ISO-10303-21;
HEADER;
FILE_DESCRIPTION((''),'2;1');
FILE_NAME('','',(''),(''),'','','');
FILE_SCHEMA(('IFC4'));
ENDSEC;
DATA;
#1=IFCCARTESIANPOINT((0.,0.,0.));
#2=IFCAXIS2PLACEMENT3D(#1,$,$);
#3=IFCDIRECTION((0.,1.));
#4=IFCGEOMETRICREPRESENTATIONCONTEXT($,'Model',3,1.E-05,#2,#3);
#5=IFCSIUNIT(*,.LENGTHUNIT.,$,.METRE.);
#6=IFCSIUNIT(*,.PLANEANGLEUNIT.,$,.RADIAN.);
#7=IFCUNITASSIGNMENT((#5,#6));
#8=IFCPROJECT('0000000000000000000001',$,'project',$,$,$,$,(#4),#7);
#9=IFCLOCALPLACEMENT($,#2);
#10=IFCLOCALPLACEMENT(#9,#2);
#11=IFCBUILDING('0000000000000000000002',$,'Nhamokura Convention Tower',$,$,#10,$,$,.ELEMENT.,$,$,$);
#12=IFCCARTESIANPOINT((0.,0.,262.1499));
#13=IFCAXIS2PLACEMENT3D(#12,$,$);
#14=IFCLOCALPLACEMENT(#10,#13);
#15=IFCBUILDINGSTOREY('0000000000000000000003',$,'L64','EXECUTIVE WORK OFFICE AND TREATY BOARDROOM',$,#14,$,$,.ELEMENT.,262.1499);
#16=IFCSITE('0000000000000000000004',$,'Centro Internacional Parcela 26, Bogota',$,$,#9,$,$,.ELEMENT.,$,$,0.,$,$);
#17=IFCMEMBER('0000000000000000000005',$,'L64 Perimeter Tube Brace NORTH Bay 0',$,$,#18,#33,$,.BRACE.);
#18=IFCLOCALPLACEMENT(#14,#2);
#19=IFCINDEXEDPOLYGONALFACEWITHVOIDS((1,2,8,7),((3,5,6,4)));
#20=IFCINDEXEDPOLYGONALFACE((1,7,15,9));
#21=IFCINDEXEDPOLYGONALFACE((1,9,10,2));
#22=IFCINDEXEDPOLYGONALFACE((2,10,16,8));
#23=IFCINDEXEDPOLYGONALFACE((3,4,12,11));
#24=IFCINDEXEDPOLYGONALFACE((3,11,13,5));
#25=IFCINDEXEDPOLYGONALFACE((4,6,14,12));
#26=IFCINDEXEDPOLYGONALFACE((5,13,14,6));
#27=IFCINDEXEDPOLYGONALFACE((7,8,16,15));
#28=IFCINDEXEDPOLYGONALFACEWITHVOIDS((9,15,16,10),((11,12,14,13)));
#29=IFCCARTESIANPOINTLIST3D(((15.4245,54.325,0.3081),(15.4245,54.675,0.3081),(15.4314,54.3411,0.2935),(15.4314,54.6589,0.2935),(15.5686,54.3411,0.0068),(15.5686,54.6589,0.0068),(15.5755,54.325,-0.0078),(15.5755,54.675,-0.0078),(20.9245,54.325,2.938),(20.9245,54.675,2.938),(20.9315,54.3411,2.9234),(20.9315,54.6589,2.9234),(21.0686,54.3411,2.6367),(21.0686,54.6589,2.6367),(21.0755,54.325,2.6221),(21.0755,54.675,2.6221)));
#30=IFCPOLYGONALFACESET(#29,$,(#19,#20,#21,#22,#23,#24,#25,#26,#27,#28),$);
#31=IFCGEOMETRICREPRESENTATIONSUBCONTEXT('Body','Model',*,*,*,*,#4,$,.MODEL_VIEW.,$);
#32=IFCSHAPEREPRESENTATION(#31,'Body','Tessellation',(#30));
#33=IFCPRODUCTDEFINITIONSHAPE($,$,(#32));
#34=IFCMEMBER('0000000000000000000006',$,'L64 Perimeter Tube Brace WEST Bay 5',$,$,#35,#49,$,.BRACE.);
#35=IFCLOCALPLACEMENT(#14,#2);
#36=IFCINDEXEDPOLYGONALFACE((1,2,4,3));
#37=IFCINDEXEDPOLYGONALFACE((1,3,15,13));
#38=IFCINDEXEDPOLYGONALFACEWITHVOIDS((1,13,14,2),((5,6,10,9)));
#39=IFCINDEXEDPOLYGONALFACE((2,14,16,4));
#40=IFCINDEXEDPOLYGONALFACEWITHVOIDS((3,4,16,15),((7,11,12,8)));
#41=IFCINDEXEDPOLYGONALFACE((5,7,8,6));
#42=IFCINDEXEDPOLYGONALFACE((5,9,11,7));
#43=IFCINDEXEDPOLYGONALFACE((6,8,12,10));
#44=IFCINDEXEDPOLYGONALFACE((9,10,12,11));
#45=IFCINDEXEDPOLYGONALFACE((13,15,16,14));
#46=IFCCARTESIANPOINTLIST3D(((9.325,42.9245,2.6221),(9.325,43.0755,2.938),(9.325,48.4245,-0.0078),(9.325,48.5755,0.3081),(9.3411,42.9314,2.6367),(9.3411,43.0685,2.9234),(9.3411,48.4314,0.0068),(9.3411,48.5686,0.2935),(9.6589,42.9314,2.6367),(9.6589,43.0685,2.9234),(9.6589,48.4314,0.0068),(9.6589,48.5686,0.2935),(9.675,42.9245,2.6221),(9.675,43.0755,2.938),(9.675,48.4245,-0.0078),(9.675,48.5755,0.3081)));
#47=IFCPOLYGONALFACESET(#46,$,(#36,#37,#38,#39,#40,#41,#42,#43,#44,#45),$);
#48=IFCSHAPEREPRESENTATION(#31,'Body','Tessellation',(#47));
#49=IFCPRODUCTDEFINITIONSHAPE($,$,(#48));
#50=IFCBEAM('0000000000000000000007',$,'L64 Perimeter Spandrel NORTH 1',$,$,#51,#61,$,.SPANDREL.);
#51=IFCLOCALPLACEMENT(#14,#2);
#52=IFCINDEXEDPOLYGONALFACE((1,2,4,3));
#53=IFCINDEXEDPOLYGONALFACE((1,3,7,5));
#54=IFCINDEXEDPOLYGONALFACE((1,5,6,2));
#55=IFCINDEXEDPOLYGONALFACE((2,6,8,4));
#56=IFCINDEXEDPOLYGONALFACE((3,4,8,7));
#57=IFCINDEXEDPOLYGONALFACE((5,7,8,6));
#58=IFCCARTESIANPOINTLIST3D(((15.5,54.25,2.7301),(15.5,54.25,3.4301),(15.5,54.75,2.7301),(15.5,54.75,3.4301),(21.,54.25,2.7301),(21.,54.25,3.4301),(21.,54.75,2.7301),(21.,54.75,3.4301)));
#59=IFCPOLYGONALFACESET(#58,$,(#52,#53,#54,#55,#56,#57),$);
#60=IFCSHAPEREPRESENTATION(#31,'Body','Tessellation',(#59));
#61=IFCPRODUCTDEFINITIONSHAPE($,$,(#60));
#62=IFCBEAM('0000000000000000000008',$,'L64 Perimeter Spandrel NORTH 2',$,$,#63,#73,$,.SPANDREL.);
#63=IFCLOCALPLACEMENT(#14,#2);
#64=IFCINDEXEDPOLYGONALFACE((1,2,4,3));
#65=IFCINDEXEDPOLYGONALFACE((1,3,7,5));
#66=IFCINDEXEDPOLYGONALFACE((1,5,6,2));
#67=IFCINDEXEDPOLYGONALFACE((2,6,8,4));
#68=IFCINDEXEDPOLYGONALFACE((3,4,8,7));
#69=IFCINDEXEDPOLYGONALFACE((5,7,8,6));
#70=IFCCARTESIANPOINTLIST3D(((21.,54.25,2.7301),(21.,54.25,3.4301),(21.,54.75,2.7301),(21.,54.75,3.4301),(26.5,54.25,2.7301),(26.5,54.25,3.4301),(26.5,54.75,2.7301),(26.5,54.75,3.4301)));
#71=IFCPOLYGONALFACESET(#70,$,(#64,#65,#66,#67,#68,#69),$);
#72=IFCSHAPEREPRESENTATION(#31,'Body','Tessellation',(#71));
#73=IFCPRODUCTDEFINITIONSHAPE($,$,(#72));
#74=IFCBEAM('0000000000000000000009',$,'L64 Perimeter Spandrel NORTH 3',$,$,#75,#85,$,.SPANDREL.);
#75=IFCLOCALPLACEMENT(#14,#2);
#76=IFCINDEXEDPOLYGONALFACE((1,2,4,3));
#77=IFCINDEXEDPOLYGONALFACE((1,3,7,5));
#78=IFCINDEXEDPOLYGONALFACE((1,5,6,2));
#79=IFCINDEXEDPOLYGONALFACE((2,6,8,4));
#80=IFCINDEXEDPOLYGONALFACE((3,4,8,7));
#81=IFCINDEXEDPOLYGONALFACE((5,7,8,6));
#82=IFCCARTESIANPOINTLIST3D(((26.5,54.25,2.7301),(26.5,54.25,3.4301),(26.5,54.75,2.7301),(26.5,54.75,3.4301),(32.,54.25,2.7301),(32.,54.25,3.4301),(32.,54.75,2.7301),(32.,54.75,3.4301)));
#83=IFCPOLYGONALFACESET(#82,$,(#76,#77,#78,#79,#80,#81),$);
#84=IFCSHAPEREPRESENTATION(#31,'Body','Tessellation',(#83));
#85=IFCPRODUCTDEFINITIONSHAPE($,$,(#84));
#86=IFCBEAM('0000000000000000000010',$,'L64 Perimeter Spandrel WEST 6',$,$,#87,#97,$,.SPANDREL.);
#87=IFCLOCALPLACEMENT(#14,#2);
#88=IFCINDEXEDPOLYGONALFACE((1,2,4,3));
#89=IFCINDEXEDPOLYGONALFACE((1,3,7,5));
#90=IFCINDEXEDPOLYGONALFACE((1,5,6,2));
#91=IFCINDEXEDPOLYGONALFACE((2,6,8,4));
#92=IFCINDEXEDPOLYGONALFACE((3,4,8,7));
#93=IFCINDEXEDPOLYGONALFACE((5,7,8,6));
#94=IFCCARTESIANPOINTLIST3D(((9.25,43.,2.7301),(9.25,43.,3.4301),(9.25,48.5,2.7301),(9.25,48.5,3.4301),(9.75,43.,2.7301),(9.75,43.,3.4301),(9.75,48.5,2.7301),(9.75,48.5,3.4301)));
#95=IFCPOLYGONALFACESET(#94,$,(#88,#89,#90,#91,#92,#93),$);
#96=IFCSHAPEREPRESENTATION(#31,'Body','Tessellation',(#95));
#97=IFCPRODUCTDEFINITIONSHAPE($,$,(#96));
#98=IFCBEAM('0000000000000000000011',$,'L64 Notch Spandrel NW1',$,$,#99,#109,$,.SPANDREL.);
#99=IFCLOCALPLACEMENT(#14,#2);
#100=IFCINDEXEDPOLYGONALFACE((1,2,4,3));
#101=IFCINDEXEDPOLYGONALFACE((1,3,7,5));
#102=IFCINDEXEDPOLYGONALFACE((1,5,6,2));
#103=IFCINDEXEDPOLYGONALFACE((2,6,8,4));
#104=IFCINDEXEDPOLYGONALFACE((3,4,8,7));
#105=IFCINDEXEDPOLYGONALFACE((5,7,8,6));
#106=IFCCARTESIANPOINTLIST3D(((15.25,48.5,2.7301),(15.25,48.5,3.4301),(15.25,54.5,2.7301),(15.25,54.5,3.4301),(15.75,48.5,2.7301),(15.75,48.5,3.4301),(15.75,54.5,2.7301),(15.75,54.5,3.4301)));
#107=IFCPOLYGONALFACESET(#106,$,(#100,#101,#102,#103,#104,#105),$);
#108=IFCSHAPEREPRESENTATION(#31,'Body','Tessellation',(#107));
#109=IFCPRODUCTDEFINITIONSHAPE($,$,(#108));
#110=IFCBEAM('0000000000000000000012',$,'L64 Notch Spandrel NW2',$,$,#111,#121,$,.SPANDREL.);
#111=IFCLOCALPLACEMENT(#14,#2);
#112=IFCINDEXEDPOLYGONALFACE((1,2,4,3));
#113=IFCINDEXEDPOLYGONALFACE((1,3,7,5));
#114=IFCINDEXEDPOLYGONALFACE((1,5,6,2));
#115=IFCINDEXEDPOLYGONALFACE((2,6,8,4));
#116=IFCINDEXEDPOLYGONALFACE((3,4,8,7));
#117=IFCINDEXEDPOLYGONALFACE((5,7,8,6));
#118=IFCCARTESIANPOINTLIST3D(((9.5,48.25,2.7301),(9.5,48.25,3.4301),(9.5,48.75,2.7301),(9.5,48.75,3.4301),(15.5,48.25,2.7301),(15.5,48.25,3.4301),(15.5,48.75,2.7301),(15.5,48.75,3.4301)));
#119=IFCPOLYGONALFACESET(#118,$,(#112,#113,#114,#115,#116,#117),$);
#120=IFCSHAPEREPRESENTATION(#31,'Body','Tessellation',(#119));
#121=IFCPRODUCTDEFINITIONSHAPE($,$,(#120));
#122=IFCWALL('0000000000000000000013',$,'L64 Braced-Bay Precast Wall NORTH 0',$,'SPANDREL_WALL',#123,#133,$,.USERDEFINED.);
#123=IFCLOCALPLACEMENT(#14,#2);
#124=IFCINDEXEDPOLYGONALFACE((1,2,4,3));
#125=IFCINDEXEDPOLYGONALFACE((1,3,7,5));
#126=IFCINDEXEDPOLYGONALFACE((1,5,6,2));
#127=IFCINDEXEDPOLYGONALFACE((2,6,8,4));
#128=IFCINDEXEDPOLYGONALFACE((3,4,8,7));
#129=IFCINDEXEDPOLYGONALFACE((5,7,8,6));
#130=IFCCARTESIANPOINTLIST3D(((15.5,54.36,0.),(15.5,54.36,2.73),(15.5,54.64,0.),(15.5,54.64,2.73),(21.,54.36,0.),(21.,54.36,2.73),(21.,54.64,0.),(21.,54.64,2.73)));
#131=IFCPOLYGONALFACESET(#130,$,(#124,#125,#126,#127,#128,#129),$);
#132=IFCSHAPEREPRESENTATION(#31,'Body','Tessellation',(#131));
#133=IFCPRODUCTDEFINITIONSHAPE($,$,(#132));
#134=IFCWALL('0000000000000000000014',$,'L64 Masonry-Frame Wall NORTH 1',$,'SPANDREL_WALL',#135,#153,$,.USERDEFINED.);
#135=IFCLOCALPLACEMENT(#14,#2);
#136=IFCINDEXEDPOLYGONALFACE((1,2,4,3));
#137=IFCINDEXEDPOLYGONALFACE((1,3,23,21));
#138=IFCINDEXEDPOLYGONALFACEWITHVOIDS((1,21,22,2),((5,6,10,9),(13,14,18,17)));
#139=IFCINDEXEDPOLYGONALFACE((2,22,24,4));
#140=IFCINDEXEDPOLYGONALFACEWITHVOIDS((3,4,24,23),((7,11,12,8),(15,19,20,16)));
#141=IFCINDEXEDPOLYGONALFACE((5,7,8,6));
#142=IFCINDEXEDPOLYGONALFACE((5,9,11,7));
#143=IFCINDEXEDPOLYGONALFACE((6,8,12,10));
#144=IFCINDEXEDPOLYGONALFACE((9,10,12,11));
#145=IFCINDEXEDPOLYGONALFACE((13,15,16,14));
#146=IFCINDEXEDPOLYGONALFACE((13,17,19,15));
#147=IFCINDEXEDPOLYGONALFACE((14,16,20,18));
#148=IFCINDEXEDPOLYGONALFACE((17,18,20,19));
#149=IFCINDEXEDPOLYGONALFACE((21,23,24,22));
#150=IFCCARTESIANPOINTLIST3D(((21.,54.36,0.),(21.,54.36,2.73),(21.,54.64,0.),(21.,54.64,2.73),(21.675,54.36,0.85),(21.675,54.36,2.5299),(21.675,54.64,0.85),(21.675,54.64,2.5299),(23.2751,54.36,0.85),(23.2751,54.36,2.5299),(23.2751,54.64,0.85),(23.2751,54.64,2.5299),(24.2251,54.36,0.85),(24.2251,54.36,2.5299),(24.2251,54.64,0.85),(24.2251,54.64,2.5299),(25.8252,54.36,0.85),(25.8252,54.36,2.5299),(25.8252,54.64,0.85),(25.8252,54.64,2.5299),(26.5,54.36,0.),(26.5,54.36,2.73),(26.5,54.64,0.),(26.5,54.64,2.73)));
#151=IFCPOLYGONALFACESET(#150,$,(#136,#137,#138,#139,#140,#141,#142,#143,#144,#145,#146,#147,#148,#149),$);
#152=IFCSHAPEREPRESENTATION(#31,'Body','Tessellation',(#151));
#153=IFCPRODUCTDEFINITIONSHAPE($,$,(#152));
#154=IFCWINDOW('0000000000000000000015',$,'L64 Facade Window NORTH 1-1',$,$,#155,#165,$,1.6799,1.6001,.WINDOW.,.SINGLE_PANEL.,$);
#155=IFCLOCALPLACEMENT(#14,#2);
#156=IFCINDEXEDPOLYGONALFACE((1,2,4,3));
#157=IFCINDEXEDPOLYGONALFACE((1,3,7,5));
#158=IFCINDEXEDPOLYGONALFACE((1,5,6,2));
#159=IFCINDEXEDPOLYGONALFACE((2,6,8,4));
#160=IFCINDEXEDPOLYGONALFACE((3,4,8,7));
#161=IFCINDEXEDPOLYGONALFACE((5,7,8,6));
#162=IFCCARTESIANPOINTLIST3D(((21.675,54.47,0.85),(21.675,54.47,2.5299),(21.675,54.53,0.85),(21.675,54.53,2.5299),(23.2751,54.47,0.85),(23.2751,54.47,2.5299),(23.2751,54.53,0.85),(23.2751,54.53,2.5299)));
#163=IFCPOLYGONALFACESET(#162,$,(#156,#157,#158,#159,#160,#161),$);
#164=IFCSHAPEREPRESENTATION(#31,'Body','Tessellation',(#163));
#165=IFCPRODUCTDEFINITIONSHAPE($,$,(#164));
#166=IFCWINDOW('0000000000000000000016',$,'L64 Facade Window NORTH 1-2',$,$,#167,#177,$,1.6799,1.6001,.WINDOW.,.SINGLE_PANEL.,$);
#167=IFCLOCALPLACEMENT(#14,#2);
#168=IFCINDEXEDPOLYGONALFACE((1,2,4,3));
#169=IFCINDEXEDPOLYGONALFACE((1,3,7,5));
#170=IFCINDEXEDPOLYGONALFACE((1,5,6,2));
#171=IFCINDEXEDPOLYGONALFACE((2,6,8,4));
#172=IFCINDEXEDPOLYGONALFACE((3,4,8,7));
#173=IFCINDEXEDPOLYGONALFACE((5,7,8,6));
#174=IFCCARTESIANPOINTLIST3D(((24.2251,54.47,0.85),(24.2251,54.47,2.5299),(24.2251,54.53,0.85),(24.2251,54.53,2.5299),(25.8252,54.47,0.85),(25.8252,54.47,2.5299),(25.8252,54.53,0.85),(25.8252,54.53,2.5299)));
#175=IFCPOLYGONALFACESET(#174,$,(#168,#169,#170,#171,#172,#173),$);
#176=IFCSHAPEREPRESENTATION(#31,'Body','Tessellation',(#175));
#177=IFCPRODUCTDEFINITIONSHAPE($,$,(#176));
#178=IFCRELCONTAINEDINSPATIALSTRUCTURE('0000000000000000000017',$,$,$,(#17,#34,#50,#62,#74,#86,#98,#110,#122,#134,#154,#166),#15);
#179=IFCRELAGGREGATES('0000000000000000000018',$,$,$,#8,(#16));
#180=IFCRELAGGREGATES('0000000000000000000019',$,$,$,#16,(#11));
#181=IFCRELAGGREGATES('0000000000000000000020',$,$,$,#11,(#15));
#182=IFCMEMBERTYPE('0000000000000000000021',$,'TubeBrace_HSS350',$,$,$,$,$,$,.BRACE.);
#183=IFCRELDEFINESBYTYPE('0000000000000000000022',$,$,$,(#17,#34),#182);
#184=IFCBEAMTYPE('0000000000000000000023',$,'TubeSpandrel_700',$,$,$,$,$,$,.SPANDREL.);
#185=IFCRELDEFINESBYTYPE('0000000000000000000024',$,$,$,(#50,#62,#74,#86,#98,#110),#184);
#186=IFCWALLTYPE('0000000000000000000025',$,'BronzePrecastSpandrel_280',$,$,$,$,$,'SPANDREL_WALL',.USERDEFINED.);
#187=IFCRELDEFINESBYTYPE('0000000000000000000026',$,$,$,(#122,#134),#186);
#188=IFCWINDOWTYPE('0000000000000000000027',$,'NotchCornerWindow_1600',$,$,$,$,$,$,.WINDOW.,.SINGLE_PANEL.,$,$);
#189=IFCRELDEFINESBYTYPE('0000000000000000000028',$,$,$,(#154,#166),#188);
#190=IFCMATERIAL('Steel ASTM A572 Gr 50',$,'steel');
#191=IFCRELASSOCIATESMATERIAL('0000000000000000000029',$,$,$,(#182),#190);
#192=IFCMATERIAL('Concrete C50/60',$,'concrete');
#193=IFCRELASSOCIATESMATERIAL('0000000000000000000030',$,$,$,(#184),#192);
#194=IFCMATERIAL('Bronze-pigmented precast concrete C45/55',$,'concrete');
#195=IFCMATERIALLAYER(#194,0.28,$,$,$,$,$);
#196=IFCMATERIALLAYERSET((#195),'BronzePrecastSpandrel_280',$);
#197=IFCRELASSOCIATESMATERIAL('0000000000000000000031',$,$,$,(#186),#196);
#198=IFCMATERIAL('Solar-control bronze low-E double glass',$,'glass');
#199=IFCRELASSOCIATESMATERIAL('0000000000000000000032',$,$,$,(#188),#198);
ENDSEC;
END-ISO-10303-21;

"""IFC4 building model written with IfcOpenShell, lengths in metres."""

from ifc_helpers import new_model, si_unit, direction, frame, frame_2d, origin, origin_2d, place, context, subcontext, project, spatial, rectangle, hollow_rectangle, extrude, material, layer, layer_set, material_profile, profile_set, type_object, element, fill, save


model = new_model("IFC4")

# Units and contexts
model_context = context("Model", 3, precision=1e-05, world=origin(), true_north=direction((0.0, 1.0)))
body_context = subcontext(model_context, "Body", "Model", "MODEL_VIEW")
ifc_project = project(units=[si_unit("LENGTHUNIT", "METRE"), si_unit("PLANEANGLEUNIT", "RADIAN")], contexts=[model_context])

# Site, building, storey
site_placement = place(None, origin())
site = spatial("IfcSite", under=ifc_project, at=site_placement, Name="Centro Internacional Parcela 26, Bogota", CompositionType="ELEMENT", RefElevation=0.0)
building_placement = place(site_placement, origin())
building = spatial("IfcBuilding", under=site, at=building_placement, Name="Nhamokura Convention Tower", CompositionType="ELEMENT")
storey_placement = place(building_placement, frame((0.0, 0.0, 262.1499)))
storey = spatial("IfcBuildingStorey", under=building, at=storey_placement, Name="L64", Description="EXECUTIVE WORK OFFICE AND TREATY BOARDROOM", CompositionType="ELEMENT", Elevation=262.1499)

# Members
ifc_material_1 = material(Name="Steel ASTM A572 Gr 50", Category="steel")
ifc_material_profile_1 = material_profile(ifc_material_1, hollow_rectangle(XDim=0.3501, YDim=0.3501, WallThickness=0.0161, at=origin_2d()))
ifc_profile_set_1 = profile_set([ifc_material_profile_1], Name="Steel ASTM A572 Gr 50")
member_type_1 = type_object("IfcMemberType", Name="TubeBrace_HSS350", PredefinedType="BRACE", material=ifc_profile_set_1)
for number, where, z_axis, x_axis, name in (
    (1, (15.5, 54.5, 0.1501), (0.902169, 0.0, 0.431382), (0.0, 1.0, 0.0), "L64 Perimeter Tube Brace NORTH Bay 0"),
    (2, (9.5, 48.5, 0.1501), (0.0, -0.902169, 0.431382), (1.0, 0.0, 0.0), "L64 Perimeter Tube Brace WEST Bay 5"),
):
    element("IfcMember", number, at=place(storey_placement, frame(where, z_axis=z_axis, x_axis=x_axis)), inside=storey, type_object=member_type_1, Name=name, PredefinedType="BRACE", context=body_context, shape_type="SweptSolid", body=[
        extrude(hollow_rectangle(XDim=0.3501, YDim=0.3501, WallThickness=0.0161, at=origin_2d()), origin(), (0.0, 0.0, 1.0), 6.0964),
    ])

# Beams
ifc_material_2 = material(Name="Concrete C50/60", Category="concrete")
ifc_material_profile_2 = material_profile(ifc_material_2, rectangle(XDim=0.5, YDim=0.7, at=origin_2d()))
ifc_profile_set_2 = profile_set([ifc_material_profile_2], Name="Concrete C50/60")
beam_type_1 = type_object("IfcBeamType", Name="TubeSpandrel_700", PredefinedType="SPANDREL", material=ifc_profile_set_2)
for number, where, z_axis, x_axis, name in (
    (3, (15.5, 54.5, 3.0801), (1.0, 0.0, 0.0), (0.0, 1.0, 0.0), "L64 Perimeter Spandrel NORTH 1"),
    (4, (21.0, 54.5, 3.0801), (1.0, 0.0, 0.0), (0.0, 1.0, 0.0), "L64 Perimeter Spandrel NORTH 2"),
    (5, (26.5, 54.5, 3.0801), (1.0, 0.0, 0.0), (0.0, 1.0, 0.0), "L64 Perimeter Spandrel NORTH 3"),
    (6, (9.5, 43.0, 3.0801), (0.0, 1.0, 0.0), (-1.0, 0.0, 0.0), "L64 Perimeter Spandrel WEST 6"),
):
    element("IfcBeam", number, at=place(storey_placement, frame(where, z_axis=z_axis, x_axis=x_axis)), inside=storey, type_object=beam_type_1, Name=name, PredefinedType="SPANDREL", context=body_context, shape_type="SweptSolid", body=[
        extrude(rectangle(XDim=0.5, YDim=0.7, at=origin_2d()), origin(), (0.0, 0.0, 1.0), 5.5),
    ])
for number, where, z_axis, x_axis, name in (
    (7, (15.5, 54.5, 3.0801), (0.0, -1.0, 0.0), (1.0, 0.0, 0.0), "L64 Notch Spandrel NW1"),
    (8, (15.5, 48.5, 3.0801), (-1.0, 0.0, 0.0), (0.0, -1.0, 0.0), "L64 Notch Spandrel NW2"),
):
    element("IfcBeam", number, at=place(storey_placement, frame(where, z_axis=z_axis, x_axis=x_axis)), inside=storey, type_object=beam_type_1, Name=name, PredefinedType="SPANDREL", context=body_context, shape_type="SweptSolid", body=[
        extrude(rectangle(XDim=0.5, YDim=0.7, at=origin_2d()), origin(), (0.0, 0.0, 1.0), 6.0),
    ])

# Wall
ifc_material_3 = material(Name="Bronze-pigmented precast concrete C45/55", Category="concrete")
ifc_layer_1 = layer(ifc_material_3, 0.28)
ifc_layer_set_1 = layer_set([ifc_layer_1], Name="BronzePrecastSpandrel_280")
wall_type_1 = type_object("IfcWallType", Name="BronzePrecastSpandrel_280", ElementType="SPANDREL_WALL", PredefinedType="USERDEFINED", material=ifc_layer_set_1)
wall_1_placement = place(storey_placement, frame((15.5, 54.5, 0.0), z_axis=(0.0, 0.0, 1.0), x_axis=(1.0, 0.0, 0.0)))
element("IfcWall", 9, at=wall_1_placement, inside=storey, type_object=wall_type_1, Name="L64 Braced-Bay Precast Wall NORTH 0", ObjectType="SPANDREL_WALL", PredefinedType="USERDEFINED", context=body_context, shape_type="SweptSolid", body=[
    extrude(rectangle(XDim=5.5, YDim=0.28, at=frame_2d((2.75, 0.0))), origin(), (0.0, 0.0, 1.0), 2.73),
])

# Wall, openings, windows
wall_2_placement = place(storey_placement, frame((21.0, 54.5, 0.0), z_axis=(0.0, 0.0, 1.0), x_axis=(1.0, 0.0, 0.0)))
wall_2 = element("IfcWall", 10, at=wall_2_placement, inside=storey, type_object=wall_type_1, Name="L64 Masonry-Frame Wall NORTH 1", ObjectType="SPANDREL_WALL", PredefinedType="USERDEFINED", context=body_context, shape_type="SweptSolid", body=[
    extrude(rectangle(XDim=5.5, YDim=0.28, at=frame_2d((2.75, 0.0))), origin(), (0.0, 0.0, 1.0), 2.73),
])
opening_1_placement = place(wall_2_placement, frame((0.675, 0.0, 0.8501)))
opening_1 = element("IfcOpeningElement", 11, at=opening_1_placement, cuts=wall_2, PredefinedType="OPENING", context=body_context, shape_type="SweptSolid", body=[
    extrude(rectangle(XDim=1.6001, YDim=1.6799, at=frame_2d((0.8, 0.8398))), frame((0.0, 0.1499, 0.0), z_axis=(0.0, -1.0, 0.0), x_axis=(1.0, 0.0, 0.0)), (0.0, 0.0, 1.0), 0.3),
])
opening_2_placement = place(wall_2_placement, frame((3.2251, 0.0, 0.8501)))
opening_2 = element("IfcOpeningElement", 12, at=opening_2_placement, cuts=wall_2, PredefinedType="OPENING", context=body_context, shape_type="SweptSolid", body=[
    extrude(rectangle(XDim=1.6001, YDim=1.6799, at=frame_2d((0.8, 0.8398))), frame((0.0, 0.1499, 0.0), z_axis=(0.0, -1.0, 0.0), x_axis=(1.0, 0.0, 0.0)), (0.0, 0.0, 1.0), 0.3),
])
ifc_material_4 = material(Name="Solar-control bronze low-E double glass", Category="glass")
window_type_1 = type_object("IfcWindowType", Name="NotchCornerWindow_1600", PartitioningType="SINGLE_PANEL", PredefinedType="WINDOW", material=ifc_material_4)
window_1_placement = place(opening_1_placement, origin())
window_1 = element("IfcWindow", 13, at=window_1_placement, inside=storey, type_object=window_type_1, Name="L64 Facade Window NORTH 1-1", OverallHeight=1.6799, OverallWidth=1.6001, PartitioningType="SINGLE_PANEL", PredefinedType="WINDOW", context=body_context, shape_type="SweptSolid", body=[
    extrude(rectangle(XDim=1.6001, YDim=1.6799, at=frame_2d((0.8, 0.8398))), frame((0.0, 0.03, 0.0), z_axis=(0.0, -1.0, 0.0), x_axis=(1.0, 0.0, 0.0)), (0.0, 0.0, 1.0), 0.0601),
])
fill(opening_1, window_1)
window_2_placement = place(opening_2_placement, origin())
window_2 = element("IfcWindow", 14, at=window_2_placement, inside=storey, type_object=window_type_1, Name="L64 Facade Window NORTH 1-2", OverallHeight=1.6799, OverallWidth=1.6001, PartitioningType="SINGLE_PANEL", PredefinedType="WINDOW", context=body_context, shape_type="SweptSolid", body=[
    extrude(rectangle(XDim=1.6001, YDim=1.6799, at=frame_2d((0.8, 0.8398))), frame((0.0, 0.03, 0.0), z_axis=(0.0, -1.0, 0.0), x_axis=(1.0, 0.0, 0.0)), (0.0, 0.0, 1.0), 0.0601),
])
fill(opening_2, window_2)

save(model, "model.ifc")
